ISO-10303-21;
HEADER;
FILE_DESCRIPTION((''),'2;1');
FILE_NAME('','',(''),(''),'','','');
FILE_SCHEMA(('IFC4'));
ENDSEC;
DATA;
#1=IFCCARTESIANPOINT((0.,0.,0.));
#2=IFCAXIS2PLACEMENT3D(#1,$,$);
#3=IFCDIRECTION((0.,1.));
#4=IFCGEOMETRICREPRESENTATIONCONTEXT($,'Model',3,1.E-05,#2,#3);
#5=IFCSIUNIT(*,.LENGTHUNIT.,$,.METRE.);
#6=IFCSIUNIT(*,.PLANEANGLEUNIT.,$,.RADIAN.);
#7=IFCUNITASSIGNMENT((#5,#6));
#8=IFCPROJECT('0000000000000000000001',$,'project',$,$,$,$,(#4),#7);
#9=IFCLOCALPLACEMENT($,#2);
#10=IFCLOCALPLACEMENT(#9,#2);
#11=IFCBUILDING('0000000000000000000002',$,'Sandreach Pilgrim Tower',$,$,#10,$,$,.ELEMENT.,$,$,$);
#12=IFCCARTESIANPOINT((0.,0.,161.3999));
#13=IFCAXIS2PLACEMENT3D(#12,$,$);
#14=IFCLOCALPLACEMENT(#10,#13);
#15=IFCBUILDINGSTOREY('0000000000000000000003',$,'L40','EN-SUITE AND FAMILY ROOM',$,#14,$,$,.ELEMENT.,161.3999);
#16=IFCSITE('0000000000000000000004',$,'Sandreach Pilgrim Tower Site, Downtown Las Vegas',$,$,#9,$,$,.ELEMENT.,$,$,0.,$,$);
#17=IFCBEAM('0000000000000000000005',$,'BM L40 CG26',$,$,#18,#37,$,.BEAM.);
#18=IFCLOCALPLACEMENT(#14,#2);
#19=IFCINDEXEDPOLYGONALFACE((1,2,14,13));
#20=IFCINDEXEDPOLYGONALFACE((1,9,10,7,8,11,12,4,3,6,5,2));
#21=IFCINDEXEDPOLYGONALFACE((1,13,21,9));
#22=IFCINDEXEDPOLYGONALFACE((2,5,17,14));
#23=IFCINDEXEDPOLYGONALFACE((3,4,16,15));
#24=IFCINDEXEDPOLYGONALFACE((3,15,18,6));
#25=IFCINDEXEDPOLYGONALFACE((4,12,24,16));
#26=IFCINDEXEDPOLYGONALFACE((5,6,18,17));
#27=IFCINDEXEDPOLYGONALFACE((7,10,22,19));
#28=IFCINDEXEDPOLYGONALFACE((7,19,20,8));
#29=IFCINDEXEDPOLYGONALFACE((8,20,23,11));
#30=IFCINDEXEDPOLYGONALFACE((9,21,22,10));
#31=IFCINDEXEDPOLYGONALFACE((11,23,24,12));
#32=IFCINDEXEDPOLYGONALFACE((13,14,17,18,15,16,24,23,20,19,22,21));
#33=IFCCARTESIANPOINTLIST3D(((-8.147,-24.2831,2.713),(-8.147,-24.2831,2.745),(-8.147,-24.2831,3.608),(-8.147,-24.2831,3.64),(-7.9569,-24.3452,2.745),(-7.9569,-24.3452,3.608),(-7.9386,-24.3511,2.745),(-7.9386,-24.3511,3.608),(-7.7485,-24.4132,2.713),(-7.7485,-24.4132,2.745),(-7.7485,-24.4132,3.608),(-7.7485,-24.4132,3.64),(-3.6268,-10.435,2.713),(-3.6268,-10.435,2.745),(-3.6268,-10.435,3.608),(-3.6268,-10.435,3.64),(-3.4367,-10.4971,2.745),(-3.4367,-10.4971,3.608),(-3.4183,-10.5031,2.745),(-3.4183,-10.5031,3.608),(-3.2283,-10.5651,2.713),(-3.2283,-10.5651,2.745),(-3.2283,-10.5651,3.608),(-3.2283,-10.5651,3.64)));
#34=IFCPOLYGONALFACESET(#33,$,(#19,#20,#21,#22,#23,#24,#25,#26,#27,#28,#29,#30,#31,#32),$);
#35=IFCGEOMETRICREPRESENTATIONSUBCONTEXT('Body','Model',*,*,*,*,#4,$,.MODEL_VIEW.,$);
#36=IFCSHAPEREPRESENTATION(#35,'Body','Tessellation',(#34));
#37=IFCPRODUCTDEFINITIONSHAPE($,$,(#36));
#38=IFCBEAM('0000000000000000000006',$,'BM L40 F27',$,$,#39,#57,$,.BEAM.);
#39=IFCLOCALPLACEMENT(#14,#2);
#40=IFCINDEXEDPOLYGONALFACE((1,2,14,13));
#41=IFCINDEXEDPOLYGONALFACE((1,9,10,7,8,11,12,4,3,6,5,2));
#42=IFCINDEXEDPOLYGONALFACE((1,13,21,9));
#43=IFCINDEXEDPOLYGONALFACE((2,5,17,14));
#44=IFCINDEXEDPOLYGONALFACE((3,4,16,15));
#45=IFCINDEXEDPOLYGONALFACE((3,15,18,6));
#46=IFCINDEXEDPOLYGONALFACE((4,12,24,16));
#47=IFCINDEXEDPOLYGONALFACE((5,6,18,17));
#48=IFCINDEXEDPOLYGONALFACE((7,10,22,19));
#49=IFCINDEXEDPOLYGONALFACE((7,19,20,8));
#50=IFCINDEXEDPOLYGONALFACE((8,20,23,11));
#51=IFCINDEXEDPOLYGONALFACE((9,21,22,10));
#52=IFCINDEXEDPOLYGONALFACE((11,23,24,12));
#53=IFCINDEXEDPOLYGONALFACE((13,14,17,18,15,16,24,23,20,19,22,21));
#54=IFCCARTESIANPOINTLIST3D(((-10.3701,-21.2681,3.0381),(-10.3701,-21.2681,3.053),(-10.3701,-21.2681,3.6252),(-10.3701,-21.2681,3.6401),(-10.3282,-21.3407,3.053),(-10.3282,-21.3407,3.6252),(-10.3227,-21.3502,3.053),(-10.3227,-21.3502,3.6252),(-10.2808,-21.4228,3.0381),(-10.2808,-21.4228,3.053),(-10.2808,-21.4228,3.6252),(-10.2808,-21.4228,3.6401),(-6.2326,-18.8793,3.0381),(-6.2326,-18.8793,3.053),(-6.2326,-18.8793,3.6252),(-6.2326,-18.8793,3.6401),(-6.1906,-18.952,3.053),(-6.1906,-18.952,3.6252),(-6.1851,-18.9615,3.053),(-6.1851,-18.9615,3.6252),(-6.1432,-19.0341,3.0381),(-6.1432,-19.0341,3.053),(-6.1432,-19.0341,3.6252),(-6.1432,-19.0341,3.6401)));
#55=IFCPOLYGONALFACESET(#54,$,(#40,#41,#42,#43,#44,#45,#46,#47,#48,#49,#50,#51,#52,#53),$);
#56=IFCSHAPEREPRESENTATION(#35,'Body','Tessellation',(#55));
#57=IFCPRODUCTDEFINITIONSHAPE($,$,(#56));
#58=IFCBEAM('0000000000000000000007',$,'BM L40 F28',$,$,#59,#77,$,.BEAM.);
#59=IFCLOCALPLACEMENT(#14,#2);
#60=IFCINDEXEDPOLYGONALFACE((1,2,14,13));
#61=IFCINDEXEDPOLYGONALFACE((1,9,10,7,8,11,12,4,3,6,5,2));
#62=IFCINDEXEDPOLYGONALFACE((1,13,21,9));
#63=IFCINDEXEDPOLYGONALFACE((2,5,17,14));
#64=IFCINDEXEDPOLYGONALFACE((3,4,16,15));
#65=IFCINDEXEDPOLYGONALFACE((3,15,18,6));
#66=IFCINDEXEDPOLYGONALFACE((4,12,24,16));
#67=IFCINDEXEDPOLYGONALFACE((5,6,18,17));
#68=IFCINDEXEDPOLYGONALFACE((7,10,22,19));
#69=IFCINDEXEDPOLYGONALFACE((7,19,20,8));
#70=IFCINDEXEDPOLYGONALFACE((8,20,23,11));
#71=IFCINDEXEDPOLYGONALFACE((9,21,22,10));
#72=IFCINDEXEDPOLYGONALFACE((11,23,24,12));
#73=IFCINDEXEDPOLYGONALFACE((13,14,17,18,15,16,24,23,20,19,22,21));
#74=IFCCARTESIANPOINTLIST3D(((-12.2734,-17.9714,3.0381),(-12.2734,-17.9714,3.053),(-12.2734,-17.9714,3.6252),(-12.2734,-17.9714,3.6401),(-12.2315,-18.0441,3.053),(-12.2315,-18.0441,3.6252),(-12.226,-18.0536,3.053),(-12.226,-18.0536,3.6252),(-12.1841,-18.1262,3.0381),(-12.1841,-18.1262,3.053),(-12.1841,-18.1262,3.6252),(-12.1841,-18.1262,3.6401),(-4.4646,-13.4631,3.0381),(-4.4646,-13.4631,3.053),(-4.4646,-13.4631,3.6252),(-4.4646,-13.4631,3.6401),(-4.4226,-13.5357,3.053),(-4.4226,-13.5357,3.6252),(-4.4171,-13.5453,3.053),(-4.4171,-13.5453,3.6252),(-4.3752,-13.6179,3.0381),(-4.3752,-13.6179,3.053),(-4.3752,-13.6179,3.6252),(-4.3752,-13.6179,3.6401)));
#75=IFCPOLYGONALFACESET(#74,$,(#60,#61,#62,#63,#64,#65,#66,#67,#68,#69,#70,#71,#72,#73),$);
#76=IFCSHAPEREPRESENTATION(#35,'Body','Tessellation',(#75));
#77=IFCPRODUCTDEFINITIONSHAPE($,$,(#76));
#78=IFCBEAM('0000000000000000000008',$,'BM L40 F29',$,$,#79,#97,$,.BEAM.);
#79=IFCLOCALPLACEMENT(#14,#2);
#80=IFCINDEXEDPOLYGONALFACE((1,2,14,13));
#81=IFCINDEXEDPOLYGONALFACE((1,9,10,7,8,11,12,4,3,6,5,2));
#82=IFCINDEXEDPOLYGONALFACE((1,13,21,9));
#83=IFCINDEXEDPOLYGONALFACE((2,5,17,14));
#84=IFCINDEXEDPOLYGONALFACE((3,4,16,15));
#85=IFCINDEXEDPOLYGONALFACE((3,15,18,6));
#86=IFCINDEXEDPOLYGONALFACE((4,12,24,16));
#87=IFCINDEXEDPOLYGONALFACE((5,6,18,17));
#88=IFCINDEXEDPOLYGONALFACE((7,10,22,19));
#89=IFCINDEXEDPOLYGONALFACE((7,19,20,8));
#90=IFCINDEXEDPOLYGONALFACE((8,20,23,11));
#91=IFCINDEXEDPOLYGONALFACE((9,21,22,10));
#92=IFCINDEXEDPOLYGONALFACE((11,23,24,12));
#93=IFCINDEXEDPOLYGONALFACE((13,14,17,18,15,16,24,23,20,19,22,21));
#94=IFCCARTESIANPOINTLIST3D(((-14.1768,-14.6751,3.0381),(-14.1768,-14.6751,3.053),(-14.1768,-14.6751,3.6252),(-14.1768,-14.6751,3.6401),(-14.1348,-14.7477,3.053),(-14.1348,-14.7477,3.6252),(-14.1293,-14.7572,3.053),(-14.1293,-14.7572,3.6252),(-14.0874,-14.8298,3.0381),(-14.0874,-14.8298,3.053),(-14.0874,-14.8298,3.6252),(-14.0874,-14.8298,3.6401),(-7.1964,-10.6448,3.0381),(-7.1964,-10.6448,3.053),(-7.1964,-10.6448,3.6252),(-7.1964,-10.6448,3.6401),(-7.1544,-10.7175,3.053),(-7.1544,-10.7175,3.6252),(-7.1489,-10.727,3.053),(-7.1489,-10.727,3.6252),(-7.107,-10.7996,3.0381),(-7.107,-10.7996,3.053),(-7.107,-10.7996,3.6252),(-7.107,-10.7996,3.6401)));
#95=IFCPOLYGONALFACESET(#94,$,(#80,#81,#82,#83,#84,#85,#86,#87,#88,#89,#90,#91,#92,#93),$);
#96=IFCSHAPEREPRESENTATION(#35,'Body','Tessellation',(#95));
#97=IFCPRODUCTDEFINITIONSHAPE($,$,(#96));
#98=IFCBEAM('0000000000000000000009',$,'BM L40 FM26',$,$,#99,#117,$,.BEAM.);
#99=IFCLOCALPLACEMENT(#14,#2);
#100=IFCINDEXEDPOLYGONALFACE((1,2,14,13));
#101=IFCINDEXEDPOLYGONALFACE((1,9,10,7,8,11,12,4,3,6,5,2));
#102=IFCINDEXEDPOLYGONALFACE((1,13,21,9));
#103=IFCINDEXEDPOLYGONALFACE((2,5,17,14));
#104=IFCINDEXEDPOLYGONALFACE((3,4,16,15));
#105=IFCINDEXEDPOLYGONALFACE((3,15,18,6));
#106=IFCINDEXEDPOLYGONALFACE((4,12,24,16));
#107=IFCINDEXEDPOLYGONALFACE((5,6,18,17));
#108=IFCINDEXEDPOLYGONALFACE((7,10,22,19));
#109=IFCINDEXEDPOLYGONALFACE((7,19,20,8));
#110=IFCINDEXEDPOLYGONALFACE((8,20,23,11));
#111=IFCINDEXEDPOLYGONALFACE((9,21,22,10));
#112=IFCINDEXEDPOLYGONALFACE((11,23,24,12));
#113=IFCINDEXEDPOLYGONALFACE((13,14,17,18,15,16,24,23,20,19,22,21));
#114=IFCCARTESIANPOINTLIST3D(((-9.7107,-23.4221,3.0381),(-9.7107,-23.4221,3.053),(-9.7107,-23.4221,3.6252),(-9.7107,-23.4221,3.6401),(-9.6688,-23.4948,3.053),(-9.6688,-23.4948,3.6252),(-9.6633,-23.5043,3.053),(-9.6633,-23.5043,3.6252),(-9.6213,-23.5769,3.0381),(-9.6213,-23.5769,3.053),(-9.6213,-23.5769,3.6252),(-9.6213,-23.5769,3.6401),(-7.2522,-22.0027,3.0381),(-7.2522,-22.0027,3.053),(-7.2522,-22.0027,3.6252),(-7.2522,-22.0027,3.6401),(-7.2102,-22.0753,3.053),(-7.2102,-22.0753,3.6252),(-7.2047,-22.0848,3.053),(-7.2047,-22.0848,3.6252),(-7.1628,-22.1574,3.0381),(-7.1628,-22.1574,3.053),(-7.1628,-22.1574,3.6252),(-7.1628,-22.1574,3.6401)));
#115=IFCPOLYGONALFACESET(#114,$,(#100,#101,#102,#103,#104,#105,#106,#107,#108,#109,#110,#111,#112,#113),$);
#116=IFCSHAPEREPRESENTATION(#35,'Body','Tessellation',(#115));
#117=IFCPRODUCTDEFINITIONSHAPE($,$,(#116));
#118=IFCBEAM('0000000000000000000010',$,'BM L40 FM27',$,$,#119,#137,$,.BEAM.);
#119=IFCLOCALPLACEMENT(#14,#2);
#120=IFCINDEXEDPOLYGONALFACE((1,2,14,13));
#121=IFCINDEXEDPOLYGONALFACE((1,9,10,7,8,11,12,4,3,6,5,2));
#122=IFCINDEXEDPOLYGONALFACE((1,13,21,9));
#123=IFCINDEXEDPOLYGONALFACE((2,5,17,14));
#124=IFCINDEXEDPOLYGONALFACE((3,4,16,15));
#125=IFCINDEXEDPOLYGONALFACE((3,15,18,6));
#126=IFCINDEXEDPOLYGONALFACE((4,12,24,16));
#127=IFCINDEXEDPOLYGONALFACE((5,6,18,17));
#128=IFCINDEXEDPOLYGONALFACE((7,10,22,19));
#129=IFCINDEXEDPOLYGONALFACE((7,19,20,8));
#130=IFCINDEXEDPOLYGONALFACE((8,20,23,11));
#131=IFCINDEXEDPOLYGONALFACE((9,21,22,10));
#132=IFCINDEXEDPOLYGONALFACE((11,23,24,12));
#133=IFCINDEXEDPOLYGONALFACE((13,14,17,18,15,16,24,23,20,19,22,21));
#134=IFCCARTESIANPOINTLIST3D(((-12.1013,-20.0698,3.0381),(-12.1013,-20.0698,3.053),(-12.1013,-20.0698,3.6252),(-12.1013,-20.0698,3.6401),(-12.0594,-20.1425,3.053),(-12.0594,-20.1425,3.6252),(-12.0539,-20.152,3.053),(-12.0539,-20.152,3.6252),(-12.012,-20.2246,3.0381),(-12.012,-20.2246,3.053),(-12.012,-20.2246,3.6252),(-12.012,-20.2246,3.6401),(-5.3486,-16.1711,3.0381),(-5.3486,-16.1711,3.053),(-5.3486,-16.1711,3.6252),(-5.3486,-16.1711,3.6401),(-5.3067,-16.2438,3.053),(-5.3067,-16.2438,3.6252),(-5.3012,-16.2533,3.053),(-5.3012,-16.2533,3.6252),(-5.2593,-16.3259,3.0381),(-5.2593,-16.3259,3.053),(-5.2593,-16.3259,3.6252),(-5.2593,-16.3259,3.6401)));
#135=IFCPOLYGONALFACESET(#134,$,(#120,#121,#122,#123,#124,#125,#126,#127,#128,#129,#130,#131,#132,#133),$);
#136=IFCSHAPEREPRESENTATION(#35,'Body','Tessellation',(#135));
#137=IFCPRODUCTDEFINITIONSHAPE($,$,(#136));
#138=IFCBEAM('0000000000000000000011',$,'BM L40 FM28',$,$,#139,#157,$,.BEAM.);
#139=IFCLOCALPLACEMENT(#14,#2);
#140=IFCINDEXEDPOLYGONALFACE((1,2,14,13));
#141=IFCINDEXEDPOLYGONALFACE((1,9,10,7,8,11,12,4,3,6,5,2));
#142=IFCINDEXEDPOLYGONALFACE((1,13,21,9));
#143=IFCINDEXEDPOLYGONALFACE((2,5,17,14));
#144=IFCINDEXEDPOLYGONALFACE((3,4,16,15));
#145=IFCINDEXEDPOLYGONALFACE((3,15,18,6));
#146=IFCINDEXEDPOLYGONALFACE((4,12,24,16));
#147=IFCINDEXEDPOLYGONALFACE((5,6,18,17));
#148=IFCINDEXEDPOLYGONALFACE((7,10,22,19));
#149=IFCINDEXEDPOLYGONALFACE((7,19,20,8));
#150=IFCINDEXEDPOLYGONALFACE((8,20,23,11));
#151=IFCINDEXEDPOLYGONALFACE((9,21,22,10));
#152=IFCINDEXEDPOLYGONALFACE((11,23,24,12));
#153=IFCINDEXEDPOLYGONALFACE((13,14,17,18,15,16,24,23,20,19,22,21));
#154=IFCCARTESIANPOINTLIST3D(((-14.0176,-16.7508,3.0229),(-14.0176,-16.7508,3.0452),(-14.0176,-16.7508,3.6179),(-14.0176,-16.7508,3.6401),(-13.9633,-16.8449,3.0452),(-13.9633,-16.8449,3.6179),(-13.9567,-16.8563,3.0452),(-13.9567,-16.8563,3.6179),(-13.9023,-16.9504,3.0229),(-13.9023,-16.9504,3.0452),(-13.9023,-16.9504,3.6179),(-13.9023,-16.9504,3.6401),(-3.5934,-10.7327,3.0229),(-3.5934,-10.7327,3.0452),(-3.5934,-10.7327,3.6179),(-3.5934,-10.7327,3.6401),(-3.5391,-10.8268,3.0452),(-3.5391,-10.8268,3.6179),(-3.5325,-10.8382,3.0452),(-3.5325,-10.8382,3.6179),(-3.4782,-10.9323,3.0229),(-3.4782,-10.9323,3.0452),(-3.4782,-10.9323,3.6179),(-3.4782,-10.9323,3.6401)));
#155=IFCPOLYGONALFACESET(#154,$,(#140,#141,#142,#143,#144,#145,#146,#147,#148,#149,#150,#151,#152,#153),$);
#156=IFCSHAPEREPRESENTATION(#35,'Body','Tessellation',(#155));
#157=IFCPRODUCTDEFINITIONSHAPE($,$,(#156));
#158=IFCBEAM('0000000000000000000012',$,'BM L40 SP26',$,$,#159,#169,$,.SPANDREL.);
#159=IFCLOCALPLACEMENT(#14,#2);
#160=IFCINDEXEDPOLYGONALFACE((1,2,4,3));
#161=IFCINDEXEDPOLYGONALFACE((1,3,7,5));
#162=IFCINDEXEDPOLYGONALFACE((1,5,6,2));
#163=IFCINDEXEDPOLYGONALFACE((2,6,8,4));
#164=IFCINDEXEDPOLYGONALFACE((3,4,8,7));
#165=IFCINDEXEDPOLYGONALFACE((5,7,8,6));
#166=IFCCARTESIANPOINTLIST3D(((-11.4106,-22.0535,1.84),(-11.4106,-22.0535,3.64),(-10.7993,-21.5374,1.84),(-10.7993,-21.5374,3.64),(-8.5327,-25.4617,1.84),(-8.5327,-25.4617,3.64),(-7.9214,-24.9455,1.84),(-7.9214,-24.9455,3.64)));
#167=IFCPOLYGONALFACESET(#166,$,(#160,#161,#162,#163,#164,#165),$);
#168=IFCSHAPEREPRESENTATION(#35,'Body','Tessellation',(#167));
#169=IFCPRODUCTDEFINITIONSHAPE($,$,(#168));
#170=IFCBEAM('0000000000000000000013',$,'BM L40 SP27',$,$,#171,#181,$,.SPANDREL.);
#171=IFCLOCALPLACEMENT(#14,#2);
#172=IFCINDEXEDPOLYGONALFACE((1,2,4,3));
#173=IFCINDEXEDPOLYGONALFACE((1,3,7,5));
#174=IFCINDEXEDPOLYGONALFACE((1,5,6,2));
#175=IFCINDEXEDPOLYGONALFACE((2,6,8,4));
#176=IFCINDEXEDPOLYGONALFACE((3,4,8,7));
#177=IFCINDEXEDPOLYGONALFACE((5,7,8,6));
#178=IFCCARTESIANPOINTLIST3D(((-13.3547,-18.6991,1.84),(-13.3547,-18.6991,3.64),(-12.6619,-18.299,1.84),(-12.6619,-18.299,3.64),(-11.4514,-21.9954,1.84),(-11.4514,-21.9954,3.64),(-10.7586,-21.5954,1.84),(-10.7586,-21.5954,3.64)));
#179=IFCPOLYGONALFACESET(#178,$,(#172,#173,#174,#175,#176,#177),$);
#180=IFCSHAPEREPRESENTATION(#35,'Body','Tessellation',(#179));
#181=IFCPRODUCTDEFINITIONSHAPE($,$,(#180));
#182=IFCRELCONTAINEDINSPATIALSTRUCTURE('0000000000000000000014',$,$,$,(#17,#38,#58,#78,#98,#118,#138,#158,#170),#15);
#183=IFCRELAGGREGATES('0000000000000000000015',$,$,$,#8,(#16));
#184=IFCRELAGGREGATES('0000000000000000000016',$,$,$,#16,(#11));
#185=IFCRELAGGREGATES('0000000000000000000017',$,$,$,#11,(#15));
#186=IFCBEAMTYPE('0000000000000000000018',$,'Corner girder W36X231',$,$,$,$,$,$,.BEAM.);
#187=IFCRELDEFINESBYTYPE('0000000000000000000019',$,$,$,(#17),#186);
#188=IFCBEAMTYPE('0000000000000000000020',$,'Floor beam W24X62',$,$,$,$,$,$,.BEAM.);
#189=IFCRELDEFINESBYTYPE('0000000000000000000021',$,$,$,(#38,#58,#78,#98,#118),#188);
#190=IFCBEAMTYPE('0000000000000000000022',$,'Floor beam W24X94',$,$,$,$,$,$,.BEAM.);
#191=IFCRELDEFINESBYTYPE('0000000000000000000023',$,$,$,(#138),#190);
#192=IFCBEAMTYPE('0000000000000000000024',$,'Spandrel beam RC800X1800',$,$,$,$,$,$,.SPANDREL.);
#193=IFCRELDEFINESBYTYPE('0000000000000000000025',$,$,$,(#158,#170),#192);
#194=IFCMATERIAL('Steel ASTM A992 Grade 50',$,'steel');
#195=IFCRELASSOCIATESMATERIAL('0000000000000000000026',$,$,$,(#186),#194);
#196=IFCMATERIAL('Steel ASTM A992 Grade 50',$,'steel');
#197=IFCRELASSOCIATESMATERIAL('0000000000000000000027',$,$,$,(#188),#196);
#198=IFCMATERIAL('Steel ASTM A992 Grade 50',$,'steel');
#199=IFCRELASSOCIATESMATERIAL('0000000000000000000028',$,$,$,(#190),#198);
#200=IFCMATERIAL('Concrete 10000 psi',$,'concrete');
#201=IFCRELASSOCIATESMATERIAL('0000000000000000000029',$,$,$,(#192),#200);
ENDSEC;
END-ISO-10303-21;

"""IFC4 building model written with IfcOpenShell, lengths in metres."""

from ifc_helpers import new_model, si_unit, direction, frame, origin, origin_2d, place, context, subcontext, project, spatial, rectangle, i_section, extrude, material, material_profile, profile_set, type_object, element, save


model = new_model("IFC4")

# Units and contexts
model_context = context("Model", 3, precision=1e-05, world=origin(), true_north=direction((0.0, 1.0)))
body_context = subcontext(model_context, "Body", "Model", "MODEL_VIEW")
ifc_project = project(units=[si_unit("LENGTHUNIT", "METRE"), si_unit("PLANEANGLEUNIT", "RADIAN")], contexts=[model_context])

# Site, building, storey
site_placement = place(None, origin())
site = spatial("IfcSite", under=ifc_project, at=site_placement, Name="Sandreach Pilgrim Tower Site, Downtown Las Vegas", CompositionType="ELEMENT", RefElevation=0.0)
building_placement = place(site_placement, origin())
building = spatial("IfcBuilding", under=site, at=building_placement, Name="Sandreach Pilgrim Tower", CompositionType="ELEMENT")
storey_placement = place(building_placement, frame((0.0, 0.0, 161.3999)))
storey = spatial("IfcBuildingStorey", under=building, at=storey_placement, Name="L40", Description="EN-SUITE AND FAMILY ROOM", CompositionType="ELEMENT", Elevation=161.3999)

# Beams
ifc_material_1 = material(Name="Steel ASTM A992 Grade 50", Category="steel")
ifc_material_profile_1 = material_profile(ifc_material_1, i_section(OverallWidth=0.4192, OverallDepth=0.927, WebThickness=0.0193, FlangeThickness=0.032, at=origin_2d()), Name="W36X231")
ifc_profile_set_1 = profile_set([ifc_material_profile_1], Name="Steel ASTM A992 Grade 50")
beam_type_1 = type_object("IfcBeamType", Name="Corner girder W36X231", PredefinedType="BEAM", material=ifc_profile_set_1)
beam_1_placement = place(storey_placement, frame((-7.9478, -24.3481, 3.1765), z_axis=(0.310304, 0.950637, 0.0), x_axis=(-0.950637, 0.310304, 0.0)))
element("IfcBeam", 1, at=beam_1_placement, inside=storey, type_object=beam_type_1, Name="BM L40 CG26", PredefinedType="BEAM", context=body_context, shape_type="SweptSolid", body=[
    extrude(i_section(OverallWidth=0.4192, OverallDepth=0.927, WebThickness=0.0193, FlangeThickness=0.032, at=origin_2d()), origin(), (0.0, 0.0, 1.0), 14.5671),
])
ifc_material_2 = material(Name="Steel ASTM A992 Grade 50", Category="steel")
ifc_material_profile_2 = material_profile(ifc_material_2, i_section(OverallWidth=0.1787, OverallDepth=0.6021, WebThickness=0.011, FlangeThickness=0.0149, at=origin_2d()), Name="W24X62")
ifc_profile_set_2 = profile_set([ifc_material_profile_2], Name="Steel ASTM A992 Grade 50")
beam_type_2 = type_object("IfcBeamType", Name="Floor beam W24X62", PredefinedType="BEAM", material=ifc_profile_set_2)
beam_2_placement = place(storey_placement, frame((-10.3254, -21.3455, 3.3391), z_axis=(0.866033, 0.499986, 0.0), x_axis=(-0.499986, 0.866033, 0.0)))
element("IfcBeam", 2, at=beam_2_placement, inside=storey, type_object=beam_type_2, Name="BM L40 F27", PredefinedType="BEAM", context=body_context, shape_type="SweptSolid", body=[
    extrude(i_section(OverallWidth=0.1787, OverallDepth=0.6021, WebThickness=0.011, FlangeThickness=0.0149, at=origin_2d()), origin(), (0.0, 0.0, 1.0), 4.7776),
])
beam_3_placement = place(storey_placement, frame((-12.2288, -18.0488, 3.3391), z_axis=(0.866032, 0.499989, 0.0), x_axis=(-0.499989, 0.866032, 0.0)))
element("IfcBeam", 3, at=beam_3_placement, inside=storey, type_object=beam_type_2, Name="BM L40 F28", PredefinedType="BEAM", context=body_context, shape_type="SweptSolid", body=[
    extrude(i_section(OverallWidth=0.1787, OverallDepth=0.6021, WebThickness=0.011, FlangeThickness=0.0149, at=origin_2d()), origin(), (0.0, 0.0, 1.0), 9.0168),
])
beam_4_placement = place(storey_placement, frame((-14.1321, -14.7524, 3.3391), z_axis=(0.86602, 0.500009, 0.0), x_axis=(-0.500009, 0.86602, 0.0)))
element("IfcBeam", 4, at=beam_4_placement, inside=storey, type_object=beam_type_2, Name="BM L40 F29", PredefinedType="BEAM", context=body_context, shape_type="SweptSolid", body=[
    extrude(i_section(OverallWidth=0.1787, OverallDepth=0.6021, WebThickness=0.011, FlangeThickness=0.0149, at=origin_2d()), origin(), (0.0, 0.0, 1.0), 8.0603),
])
beam_5_placement = place(storey_placement, frame((-9.666, -23.4995, 3.3391), z_axis=(0.866022, 0.500005, 0.0), x_axis=(-0.500005, 0.866022, 0.0)))
element("IfcBeam", 5, at=beam_5_placement, inside=storey, type_object=beam_type_2, Name="BM L40 FM26", PredefinedType="BEAM", context=body_context, shape_type="SweptSolid", body=[
    extrude(i_section(OverallWidth=0.1787, OverallDepth=0.6021, WebThickness=0.011, FlangeThickness=0.0149, at=origin_2d()), origin(), (0.0, 0.0, 1.0), 2.8389),
])
beam_6_placement = place(storey_placement, frame((-12.0566, -20.1472, 3.3391), z_axis=(0.866024, 0.500002, 0.0), x_axis=(-0.500002, 0.866024, 0.0)))
element("IfcBeam", 6, at=beam_6_placement, inside=storey, type_object=beam_type_2, Name="BM L40 FM27", PredefinedType="BEAM", context=body_context, shape_type="SweptSolid", body=[
    extrude(i_section(OverallWidth=0.1787, OverallDepth=0.6021, WebThickness=0.011, FlangeThickness=0.0149, at=origin_2d()), origin(), (0.0, 0.0, 1.0), 7.7974),
])
ifc_material_3 = material(Name="Steel ASTM A992 Grade 50", Category="steel")
ifc_material_profile_3 = material_profile(ifc_material_3, i_section(OverallWidth=0.2305, OverallDepth=0.6172, WebThickness=0.0132, FlangeThickness=0.0222, at=origin_2d()), Name="W24X94")
ifc_profile_set_3 = profile_set([ifc_material_profile_3], Name="Steel ASTM A992 Grade 50")
beam_type_3 = type_object("IfcBeamType", Name="Floor beam W24X94", PredefinedType="BEAM", material=ifc_profile_set_3)
beam_7_placement = place(storey_placement, frame((-13.96, -16.8506, 3.3315), z_axis=(0.866035, 0.499983, 0.0), x_axis=(-0.499983, 0.866035, 0.0)))
element("IfcBeam", 7, at=beam_7_placement, inside=storey, type_object=beam_type_3, Name="BM L40 FM28", PredefinedType="BEAM", context=body_context, shape_type="SweptSolid", body=[
    extrude(i_section(OverallWidth=0.2305, OverallDepth=0.6172, WebThickness=0.0132, FlangeThickness=0.0222, at=origin_2d()), origin(), (0.0, 0.0, 1.0), 12.0366),
])
ifc_material_4 = material(Name="Concrete 10000 psi", Category="concrete")
ifc_material_profile_4 = material_profile(ifc_material_4, rectangle(XDim=0.8, YDim=1.8, at=origin_2d()), Name="RC800X1800")
ifc_profile_set_4 = profile_set([ifc_material_profile_4], Name="Concrete 10000 psi")
beam_type_4 = type_object("IfcBeamType", Name="Spandrel beam RC800X1800", PredefinedType="SPANDREL", material=ifc_profile_set_4)
beam_8_placement = place(storey_placement, frame((-8.2271, -25.2036, 2.74), z_axis=(-0.645167, 0.764042, 0.0), x_axis=(-0.764042, -0.645167, 0.0)))
element("IfcBeam", 8, at=beam_8_placement, inside=storey, type_object=beam_type_4, Name="BM L40 SP26", PredefinedType="SPANDREL", context=body_context, shape_type="SweptSolid", body=[
    extrude(rectangle(XDim=0.8, YDim=1.8, at=origin_2d()), origin(), (0.0, 0.0, 1.0), 4.4607),
])
beam_9_placement = place(storey_placement, frame((-11.105, -21.7954, 2.74), z_axis=(-0.50003, 0.866008, 0.0), x_axis=(-0.866008, -0.50003, 0.0)))
element("IfcBeam", 9, at=beam_9_placement, inside=storey, type_object=beam_type_4, Name="BM L40 SP27", PredefinedType="SPANDREL", context=body_context, shape_type="SweptSolid", body=[
    extrude(rectangle(XDim=0.8, YDim=1.8, at=origin_2d()), origin(), (0.0, 0.0, 1.0), 3.8064),
])

save(model, "model.ifc")
